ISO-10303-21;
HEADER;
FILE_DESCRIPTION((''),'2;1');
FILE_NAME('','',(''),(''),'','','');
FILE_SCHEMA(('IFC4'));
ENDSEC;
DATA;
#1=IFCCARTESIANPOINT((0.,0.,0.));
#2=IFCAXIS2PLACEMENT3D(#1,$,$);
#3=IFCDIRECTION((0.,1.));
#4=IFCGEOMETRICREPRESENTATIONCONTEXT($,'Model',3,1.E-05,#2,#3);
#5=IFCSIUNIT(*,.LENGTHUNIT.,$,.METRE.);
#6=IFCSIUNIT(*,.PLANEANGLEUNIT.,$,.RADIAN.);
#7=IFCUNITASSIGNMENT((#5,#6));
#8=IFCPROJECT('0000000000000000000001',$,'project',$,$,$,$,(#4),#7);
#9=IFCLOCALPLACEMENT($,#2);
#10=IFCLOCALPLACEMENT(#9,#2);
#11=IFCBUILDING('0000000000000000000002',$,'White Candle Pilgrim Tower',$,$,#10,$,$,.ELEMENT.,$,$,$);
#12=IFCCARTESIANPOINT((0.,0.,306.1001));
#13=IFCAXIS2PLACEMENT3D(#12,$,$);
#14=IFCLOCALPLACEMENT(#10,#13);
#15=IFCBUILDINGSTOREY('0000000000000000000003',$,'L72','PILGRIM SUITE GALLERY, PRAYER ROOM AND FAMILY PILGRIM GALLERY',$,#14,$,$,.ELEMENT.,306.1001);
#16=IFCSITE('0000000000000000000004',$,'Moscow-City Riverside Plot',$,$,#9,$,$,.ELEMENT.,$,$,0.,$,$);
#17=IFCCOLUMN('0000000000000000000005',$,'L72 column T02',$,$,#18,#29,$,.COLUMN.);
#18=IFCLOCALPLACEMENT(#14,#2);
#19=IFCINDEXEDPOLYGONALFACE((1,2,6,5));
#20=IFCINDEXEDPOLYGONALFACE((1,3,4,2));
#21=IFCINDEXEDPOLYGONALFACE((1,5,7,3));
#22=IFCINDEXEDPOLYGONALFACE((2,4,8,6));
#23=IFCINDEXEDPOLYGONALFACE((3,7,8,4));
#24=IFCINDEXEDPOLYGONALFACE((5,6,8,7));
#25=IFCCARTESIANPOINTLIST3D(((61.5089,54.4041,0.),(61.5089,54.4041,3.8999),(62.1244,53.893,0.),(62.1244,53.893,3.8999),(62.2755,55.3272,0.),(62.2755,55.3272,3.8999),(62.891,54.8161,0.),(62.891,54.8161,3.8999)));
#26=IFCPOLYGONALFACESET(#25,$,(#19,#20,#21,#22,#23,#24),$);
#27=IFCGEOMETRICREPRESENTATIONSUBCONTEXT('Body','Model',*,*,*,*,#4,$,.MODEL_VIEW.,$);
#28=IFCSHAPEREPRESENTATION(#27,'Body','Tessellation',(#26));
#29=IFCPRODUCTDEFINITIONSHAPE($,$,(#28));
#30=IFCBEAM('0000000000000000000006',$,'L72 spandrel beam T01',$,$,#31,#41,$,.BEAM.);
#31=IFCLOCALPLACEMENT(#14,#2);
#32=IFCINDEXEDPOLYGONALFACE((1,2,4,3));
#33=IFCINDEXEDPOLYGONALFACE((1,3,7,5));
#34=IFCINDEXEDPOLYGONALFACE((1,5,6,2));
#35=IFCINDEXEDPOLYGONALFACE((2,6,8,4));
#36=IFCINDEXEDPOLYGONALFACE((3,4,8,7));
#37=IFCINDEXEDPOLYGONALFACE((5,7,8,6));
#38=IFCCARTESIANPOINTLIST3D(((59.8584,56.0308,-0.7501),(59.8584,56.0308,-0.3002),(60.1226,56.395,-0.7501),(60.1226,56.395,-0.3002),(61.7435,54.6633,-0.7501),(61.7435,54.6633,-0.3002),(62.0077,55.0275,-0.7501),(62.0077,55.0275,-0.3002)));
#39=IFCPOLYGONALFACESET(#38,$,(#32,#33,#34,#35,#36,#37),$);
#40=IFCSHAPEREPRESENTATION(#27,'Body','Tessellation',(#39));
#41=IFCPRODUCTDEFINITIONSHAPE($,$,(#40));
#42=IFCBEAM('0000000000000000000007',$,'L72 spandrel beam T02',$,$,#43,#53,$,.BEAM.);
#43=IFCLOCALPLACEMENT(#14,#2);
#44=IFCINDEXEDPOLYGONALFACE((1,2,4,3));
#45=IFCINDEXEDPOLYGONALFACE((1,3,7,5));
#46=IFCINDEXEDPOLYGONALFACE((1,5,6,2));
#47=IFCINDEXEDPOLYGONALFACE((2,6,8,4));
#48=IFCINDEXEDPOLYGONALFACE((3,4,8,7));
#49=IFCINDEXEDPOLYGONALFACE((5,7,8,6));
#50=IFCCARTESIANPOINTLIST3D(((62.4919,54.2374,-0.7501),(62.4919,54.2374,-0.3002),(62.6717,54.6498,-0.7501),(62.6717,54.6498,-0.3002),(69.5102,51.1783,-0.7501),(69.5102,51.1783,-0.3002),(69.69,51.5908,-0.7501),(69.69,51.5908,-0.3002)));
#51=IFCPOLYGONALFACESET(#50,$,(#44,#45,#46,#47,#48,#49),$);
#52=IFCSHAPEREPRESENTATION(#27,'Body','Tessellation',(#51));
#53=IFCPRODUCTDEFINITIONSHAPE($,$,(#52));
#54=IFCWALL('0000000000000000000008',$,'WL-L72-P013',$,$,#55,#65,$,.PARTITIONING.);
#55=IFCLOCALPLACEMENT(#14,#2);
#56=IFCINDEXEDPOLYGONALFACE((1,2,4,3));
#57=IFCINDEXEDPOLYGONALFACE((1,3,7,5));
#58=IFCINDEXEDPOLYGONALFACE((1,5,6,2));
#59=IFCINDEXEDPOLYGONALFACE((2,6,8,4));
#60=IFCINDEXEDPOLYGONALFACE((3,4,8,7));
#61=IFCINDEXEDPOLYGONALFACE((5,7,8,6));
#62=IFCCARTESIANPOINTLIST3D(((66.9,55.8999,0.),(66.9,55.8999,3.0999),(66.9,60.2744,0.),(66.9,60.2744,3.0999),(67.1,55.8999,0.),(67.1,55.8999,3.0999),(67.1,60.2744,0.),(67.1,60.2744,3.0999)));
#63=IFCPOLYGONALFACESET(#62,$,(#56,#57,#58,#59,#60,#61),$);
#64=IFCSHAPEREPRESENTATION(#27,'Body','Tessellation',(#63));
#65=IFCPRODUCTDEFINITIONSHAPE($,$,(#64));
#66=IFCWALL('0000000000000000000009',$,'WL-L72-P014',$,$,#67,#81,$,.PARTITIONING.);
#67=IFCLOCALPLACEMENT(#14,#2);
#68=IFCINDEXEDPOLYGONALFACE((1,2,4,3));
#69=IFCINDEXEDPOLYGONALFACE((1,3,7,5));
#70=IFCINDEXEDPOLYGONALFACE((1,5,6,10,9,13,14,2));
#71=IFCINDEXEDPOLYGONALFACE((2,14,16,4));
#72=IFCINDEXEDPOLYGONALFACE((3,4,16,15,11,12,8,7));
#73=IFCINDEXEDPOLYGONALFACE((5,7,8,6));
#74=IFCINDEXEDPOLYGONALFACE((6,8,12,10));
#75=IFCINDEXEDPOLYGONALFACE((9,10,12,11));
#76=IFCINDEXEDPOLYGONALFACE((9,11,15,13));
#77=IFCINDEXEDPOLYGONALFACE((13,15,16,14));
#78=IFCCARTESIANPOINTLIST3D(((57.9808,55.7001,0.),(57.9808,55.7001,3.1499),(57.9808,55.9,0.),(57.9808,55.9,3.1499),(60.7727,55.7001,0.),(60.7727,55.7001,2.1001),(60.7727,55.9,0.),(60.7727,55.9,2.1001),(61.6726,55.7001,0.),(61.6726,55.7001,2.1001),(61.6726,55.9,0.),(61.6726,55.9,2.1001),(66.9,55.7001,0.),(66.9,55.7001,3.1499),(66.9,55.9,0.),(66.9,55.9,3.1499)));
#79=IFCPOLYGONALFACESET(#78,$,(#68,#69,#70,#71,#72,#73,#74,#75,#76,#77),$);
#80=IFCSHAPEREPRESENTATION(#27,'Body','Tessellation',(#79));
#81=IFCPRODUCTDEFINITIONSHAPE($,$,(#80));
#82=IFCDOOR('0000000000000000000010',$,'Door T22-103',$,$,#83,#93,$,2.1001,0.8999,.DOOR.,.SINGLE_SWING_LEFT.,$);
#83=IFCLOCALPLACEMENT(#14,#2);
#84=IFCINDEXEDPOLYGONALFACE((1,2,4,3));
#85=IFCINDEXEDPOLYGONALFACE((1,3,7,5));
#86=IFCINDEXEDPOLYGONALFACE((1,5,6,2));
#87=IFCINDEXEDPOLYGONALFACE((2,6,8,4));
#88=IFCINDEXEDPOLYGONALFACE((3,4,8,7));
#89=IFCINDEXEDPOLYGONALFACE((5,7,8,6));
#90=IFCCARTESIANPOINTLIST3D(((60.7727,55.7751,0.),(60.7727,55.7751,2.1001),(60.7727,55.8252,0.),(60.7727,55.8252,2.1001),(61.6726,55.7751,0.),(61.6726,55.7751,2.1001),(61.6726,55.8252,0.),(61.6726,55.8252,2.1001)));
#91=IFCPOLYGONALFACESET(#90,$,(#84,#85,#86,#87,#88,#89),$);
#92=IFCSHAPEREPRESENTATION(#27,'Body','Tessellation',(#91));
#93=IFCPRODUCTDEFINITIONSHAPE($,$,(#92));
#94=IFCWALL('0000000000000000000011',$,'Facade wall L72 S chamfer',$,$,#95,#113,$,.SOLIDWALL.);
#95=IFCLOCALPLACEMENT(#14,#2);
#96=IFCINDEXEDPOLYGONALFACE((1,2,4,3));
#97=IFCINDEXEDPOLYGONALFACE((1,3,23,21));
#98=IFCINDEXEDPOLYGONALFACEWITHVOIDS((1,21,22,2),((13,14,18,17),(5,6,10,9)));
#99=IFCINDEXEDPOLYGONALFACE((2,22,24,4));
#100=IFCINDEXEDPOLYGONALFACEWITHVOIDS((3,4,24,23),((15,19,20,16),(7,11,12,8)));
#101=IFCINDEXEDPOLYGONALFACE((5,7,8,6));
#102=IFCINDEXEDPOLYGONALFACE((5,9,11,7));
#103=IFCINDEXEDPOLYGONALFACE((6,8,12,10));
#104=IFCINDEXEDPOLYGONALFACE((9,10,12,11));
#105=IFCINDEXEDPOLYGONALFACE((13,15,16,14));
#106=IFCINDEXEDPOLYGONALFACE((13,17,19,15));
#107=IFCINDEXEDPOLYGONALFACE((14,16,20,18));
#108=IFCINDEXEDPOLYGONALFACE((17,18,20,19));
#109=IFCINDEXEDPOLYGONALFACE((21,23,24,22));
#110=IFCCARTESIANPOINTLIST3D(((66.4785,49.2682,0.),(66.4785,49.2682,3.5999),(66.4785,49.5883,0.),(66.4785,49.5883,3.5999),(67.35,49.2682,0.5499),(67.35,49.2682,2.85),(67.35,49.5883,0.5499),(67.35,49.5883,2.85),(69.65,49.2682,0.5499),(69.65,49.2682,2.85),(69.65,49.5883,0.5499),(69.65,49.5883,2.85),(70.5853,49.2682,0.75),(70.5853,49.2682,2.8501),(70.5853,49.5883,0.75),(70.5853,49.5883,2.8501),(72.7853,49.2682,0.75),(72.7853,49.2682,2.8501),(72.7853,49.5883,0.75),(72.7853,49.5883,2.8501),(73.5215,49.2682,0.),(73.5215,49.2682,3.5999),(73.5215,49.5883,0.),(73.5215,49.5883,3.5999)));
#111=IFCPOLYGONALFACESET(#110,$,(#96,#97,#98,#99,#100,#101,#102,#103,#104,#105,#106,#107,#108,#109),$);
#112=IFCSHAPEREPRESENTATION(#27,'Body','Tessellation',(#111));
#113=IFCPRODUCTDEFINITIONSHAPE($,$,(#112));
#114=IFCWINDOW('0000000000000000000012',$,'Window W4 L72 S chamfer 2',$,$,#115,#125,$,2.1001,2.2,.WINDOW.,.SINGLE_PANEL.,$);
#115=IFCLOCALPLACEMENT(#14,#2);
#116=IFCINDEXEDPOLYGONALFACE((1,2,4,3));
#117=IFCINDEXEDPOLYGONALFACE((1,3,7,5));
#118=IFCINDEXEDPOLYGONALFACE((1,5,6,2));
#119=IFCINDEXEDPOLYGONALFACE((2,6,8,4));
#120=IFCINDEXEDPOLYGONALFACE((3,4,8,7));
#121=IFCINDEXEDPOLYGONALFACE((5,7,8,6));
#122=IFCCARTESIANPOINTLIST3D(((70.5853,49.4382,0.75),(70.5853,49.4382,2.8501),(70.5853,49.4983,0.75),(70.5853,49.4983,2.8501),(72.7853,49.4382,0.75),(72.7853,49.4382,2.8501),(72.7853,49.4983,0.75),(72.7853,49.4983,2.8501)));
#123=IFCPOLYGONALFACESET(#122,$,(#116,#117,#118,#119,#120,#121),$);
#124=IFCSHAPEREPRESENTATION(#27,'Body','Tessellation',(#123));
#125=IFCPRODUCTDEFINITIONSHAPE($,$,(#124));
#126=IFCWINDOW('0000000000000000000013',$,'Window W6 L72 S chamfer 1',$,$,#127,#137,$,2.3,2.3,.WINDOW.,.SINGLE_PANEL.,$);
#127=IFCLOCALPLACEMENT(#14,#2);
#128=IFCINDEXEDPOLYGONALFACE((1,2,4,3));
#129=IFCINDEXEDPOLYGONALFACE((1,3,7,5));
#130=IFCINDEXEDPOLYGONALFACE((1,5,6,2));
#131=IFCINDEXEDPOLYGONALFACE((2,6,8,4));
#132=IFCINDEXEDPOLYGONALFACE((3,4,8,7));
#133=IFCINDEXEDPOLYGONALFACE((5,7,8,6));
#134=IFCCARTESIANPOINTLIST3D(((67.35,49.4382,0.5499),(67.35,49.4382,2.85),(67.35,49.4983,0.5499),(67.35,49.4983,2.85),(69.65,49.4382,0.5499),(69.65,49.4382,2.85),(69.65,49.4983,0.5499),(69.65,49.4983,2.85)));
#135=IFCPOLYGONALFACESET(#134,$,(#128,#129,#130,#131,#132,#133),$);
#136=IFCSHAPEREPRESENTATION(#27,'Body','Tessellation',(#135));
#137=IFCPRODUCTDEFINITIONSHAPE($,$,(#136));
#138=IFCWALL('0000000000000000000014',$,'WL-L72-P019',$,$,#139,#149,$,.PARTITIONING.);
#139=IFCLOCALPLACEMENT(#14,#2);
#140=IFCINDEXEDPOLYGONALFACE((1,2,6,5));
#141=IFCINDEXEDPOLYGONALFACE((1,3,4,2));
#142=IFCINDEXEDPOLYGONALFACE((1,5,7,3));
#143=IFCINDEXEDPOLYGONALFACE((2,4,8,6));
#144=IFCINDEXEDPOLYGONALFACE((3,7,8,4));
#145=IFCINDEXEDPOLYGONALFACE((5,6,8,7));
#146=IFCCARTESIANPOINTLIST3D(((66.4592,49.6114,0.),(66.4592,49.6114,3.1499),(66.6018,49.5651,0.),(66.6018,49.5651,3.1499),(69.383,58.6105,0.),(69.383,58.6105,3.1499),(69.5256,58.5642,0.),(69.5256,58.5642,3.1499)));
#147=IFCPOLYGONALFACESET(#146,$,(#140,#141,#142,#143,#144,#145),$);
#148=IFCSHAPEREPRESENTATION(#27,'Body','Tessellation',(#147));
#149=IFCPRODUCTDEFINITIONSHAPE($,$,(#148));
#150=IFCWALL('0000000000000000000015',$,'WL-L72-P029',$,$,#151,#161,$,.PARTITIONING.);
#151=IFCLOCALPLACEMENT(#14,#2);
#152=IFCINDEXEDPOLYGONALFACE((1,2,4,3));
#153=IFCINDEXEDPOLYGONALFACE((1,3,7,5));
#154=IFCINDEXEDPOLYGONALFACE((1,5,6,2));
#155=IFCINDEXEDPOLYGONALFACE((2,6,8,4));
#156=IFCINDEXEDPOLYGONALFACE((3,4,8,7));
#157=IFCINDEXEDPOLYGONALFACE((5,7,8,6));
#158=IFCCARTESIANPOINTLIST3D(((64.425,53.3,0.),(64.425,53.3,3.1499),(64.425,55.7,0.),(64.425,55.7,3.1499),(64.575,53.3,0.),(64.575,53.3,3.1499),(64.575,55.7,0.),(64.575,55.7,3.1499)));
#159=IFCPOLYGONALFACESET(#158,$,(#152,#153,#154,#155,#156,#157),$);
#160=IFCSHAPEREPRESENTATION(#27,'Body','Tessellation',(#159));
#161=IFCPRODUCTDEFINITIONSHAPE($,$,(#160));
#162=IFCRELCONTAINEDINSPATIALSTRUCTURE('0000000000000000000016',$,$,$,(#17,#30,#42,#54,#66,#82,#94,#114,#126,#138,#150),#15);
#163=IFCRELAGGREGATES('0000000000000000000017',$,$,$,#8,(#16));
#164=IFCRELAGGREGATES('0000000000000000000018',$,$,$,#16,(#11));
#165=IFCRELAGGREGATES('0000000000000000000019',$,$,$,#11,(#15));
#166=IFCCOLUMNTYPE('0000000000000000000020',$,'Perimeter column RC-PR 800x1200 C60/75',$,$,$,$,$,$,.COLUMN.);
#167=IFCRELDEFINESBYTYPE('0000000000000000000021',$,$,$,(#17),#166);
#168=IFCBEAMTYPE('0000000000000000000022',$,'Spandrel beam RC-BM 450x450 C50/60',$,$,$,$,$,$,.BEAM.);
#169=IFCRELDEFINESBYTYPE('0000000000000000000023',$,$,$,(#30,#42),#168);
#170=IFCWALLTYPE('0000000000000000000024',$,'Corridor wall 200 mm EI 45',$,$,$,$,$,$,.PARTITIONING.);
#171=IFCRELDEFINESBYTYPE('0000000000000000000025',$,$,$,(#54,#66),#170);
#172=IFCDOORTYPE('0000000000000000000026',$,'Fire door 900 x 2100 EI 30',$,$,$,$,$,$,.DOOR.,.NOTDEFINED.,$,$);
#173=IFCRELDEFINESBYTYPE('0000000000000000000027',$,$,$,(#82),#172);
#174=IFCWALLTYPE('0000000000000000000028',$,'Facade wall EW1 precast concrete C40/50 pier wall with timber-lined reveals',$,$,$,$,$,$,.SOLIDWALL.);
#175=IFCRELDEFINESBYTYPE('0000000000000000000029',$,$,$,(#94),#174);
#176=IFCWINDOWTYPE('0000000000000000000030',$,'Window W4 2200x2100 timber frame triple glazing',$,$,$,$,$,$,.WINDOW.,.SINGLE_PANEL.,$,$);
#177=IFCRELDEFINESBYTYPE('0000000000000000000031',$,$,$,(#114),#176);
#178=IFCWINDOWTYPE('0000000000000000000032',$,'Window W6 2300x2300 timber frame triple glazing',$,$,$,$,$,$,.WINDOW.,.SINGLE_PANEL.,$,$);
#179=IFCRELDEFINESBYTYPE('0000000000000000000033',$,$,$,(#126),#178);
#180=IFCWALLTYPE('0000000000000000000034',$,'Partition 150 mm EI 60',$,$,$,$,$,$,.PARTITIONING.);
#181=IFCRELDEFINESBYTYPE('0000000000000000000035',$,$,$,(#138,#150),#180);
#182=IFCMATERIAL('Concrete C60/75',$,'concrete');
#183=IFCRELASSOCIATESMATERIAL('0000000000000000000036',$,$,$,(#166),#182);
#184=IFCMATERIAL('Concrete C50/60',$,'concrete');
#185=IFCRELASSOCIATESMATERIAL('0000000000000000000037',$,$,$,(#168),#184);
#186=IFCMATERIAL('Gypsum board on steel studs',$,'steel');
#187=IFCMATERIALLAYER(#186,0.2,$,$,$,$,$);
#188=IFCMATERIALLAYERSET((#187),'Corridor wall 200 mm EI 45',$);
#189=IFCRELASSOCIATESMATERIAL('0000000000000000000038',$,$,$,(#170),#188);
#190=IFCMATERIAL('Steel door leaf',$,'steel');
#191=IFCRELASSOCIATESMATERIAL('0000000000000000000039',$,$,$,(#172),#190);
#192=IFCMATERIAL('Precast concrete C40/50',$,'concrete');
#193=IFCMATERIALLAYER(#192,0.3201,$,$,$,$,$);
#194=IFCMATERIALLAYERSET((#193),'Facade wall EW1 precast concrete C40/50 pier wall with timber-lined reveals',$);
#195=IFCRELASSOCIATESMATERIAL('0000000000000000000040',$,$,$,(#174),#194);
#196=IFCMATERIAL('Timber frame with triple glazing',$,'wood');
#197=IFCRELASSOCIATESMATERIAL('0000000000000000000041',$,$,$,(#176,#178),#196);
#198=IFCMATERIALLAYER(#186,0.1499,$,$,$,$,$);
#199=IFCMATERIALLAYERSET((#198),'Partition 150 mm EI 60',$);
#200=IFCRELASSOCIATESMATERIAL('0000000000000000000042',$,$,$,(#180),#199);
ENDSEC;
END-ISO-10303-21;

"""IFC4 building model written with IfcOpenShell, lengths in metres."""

from ifc_helpers import new_model, si_unit, direction, frame, frame_2d, origin, origin_2d, place, context, subcontext, project, spatial, rectangle, extrude, material, layer, layer_set, material_profile, profile_set, type_object, element, fill, save


model = new_model("IFC4")

# Units and contexts
model_context = context("Model", 3, precision=1e-05, world=origin(), true_north=direction((0.0, 1.0)))
body_context = subcontext(model_context, "Body", "Model", "MODEL_VIEW")
ifc_project = project(units=[si_unit("LENGTHUNIT", "METRE"), si_unit("PLANEANGLEUNIT", "RADIAN")], contexts=[model_context])

# Site, building, storey
site_placement = place(None, origin())
site = spatial("IfcSite", under=ifc_project, at=site_placement, Name="Moscow-City Riverside Plot", CompositionType="ELEMENT", RefElevation=0.0)
building_placement = place(site_placement, origin())
building = spatial("IfcBuilding", under=site, at=building_placement, Name="White Candle Pilgrim Tower", CompositionType="ELEMENT")
storey_placement = place(building_placement, frame((0.0, 0.0, 306.1001)))
storey = spatial("IfcBuildingStorey", under=building, at=storey_placement, Name="L72", Description="PILGRIM SUITE GALLERY, PRAYER ROOM AND FAMILY PILGRIM GALLERY", CompositionType="ELEMENT", Elevation=306.1001)

# Column
ifc_material_1 = material(Name="Concrete C60/75", Category="concrete")
ifc_material_profile_1 = material_profile(ifc_material_1, rectangle(XDim=0.8, YDim=1.2, at=origin_2d()), Name="RC-PR 800x1200")
ifc_profile_set_1 = profile_set([ifc_material_profile_1], Name="Concrete C60/75")
column_type = type_object("IfcColumnType", Name="Perimeter column RC-PR 800x1200 C60/75", PredefinedType="COLUMN", material=ifc_profile_set_1)
column_placement = place(storey_placement, frame((62.2, 54.6101, 0.0), z_axis=(0.0, 0.0, 1.0), x_axis=(-0.76931, 0.638875, 0.0)))
element("IfcColumn", 1, at=column_placement, inside=storey, type_object=column_type, Name="L72 column T02", PredefinedType="COLUMN", context=body_context, shape_type="SweptSolid", body=[
    extrude(rectangle(XDim=0.8, YDim=1.2, at=origin_2d()), origin(), (0.0, 0.0, 1.0), 3.8999),
])

# Beams
ifc_material_2 = material(Name="Concrete C50/60", Category="concrete")
ifc_material_profile_2 = material_profile(ifc_material_2, rectangle(XDim=0.45, YDim=0.45, at=origin_2d()), Name="RC-BM 450x450")
ifc_profile_set_2 = profile_set([ifc_material_profile_2], Name="Concrete C50/60")
beam_type = type_object("IfcBeamType", Name="Spandrel beam RC-BM 450x450 C50/60", PredefinedType="BEAM", material=ifc_profile_set_2)
beam_1_placement = place(storey_placement, frame((59.9905, 56.2129, -0.5251), z_axis=(0.809447, -0.587193, 0.0), x_axis=(0.587193, 0.809447, 0.0)))
element("IfcBeam", 2, at=beam_1_placement, inside=storey, type_object=beam_type, Name="L72 spandrel beam T01", PredefinedType="BEAM", context=body_context, shape_type="SweptSolid", body=[
    extrude(rectangle(XDim=0.45, YDim=0.45, at=origin_2d()), origin(), (0.0, 0.0, 1.0), 2.3289),
])
beam_2_placement = place(storey_placement, frame((62.5818, 54.4436, -0.5251), z_axis=(0.916705, -0.399565, 0.0), x_axis=(0.399565, 0.916705, 0.0)))
element("IfcBeam", 3, at=beam_2_placement, inside=storey, type_object=beam_type, Name="L72 spandrel beam T02", PredefinedType="BEAM", context=body_context, shape_type="SweptSolid", body=[
    extrude(rectangle(XDim=0.45, YDim=0.45, at=origin_2d()), origin(), (0.0, 0.0, 1.0), 7.656),
])

# Wall
ifc_material_3 = material(Name="Gypsum board on steel studs", Category="steel")
ifc_layer_1 = layer(ifc_material_3, 0.2)
ifc_layer_set_1 = layer_set([ifc_layer_1], Name="Corridor wall 200 mm EI 45")
wall_type_1 = type_object("IfcWallType", Name="Corridor wall 200 mm EI 45", PredefinedType="PARTITIONING", material=ifc_layer_set_1)
wall_1_placement = place(storey_placement, frame((67.0, 60.2744, 0.0), z_axis=(0.0, 0.0, 1.0), x_axis=(0.0, -1.0, 0.0)))
element("IfcWall", 4, at=wall_1_placement, inside=storey, type_object=wall_type_1, Name="WL-L72-P013", PredefinedType="PARTITIONING", context=body_context, shape_type="SweptSolid", body=[
    extrude(rectangle(XDim=4.3745, YDim=0.2, at=frame_2d((2.1873, 0.0))), origin(), (0.0, 0.0, 1.0), 3.0999),
])

# Wall, opening, door
wall_2_placement = place(storey_placement, frame((66.8999, 55.8, 0.0), z_axis=(0.0, 0.0, 1.0), x_axis=(-1.0, 0.0, 0.0)))
wall_2 = element("IfcWall", 5, at=wall_2_placement, inside=storey, type_object=wall_type_1, Name="WL-L72-P014", PredefinedType="PARTITIONING", context=body_context, shape_type="SweptSolid", body=[
    extrude(rectangle(XDim=8.9192, YDim=0.2, at=frame_2d((4.4595, 0.0))), origin(), (0.0, 0.0, 1.0), 3.1499),
])
opening_1_placement = place(wall_2_placement, frame((5.2273, 0.0, 0.0)))
opening_1 = element("IfcOpeningElement", 6, at=opening_1_placement, cuts=wall_2, PredefinedType="OPENING", context=body_context, shape_type="SweptSolid", body=[
    extrude(rectangle(XDim=0.8999, YDim=2.1001, at=frame_2d((0.45, 1.05))), frame((0.0, 0.1099, 0.0), z_axis=(0.0, -1.0, 0.0), x_axis=(1.0, 0.0, 0.0)), (0.0, 0.0, 1.0), 0.22),
])
ifc_material_4 = material(Name="Steel door leaf", Category="steel")
door_type = type_object("IfcDoorType", Name="Fire door 900 x 2100 EI 30", OperationType="NOTDEFINED", PredefinedType="DOOR", material=ifc_material_4)
door_placement = place(opening_1_placement, origin())
door = element("IfcDoor", 7, at=door_placement, inside=storey, type_object=door_type, Name="Door T22-103", OperationType="SINGLE_SWING_LEFT", OverallHeight=2.1001, OverallWidth=0.8999, PredefinedType="DOOR", context=body_context, shape_type="SweptSolid", body=[
    extrude(rectangle(XDim=0.8999, YDim=2.1001, at=frame_2d((0.45, 1.05))), frame((0.0, 0.0249, 0.0), z_axis=(0.0, -1.0, 0.0), x_axis=(1.0, 0.0, 0.0)), (0.0, 0.0, 1.0), 0.05),
])
fill(opening_1, door)

# Wall, openings, windows
ifc_material_5 = material(Name="Precast concrete C40/50", Category="concrete")
ifc_layer_2 = layer(ifc_material_5, 0.3201)
ifc_layer_set_2 = layer_set([ifc_layer_2], Name="Facade wall EW1 precast concrete C40/50 pier wall with timber-lined reveals")
wall_type_2 = type_object("IfcWallType", Name="Facade wall EW1 precast concrete C40/50 pier wall with timber-lined reveals", PredefinedType="SOLIDWALL", material=ifc_layer_set_2)
wall_3_placement = place(storey_placement, frame((66.4785, 49.4282, 0.0), z_axis=(0.0, 0.0, 1.0), x_axis=(1.0, 0.0, 0.0)))
wall_3 = element("IfcWall", 8, at=wall_3_placement, inside=storey, type_object=wall_type_2, Name="Facade wall L72 S chamfer", PredefinedType="SOLIDWALL", context=body_context, shape_type="SweptSolid", body=[
    extrude(rectangle(XDim=7.043, YDim=0.3201, at=frame_2d((3.5215, 0.0))), origin(), (0.0, 0.0, 1.0), 3.5999),
])
opening_2_placement = place(wall_3_placement, frame((0.8716, 0.0, 0.55)))
opening_2 = element("IfcOpeningElement", 9, at=opening_2_placement, cuts=wall_3, PredefinedType="OPENING", context=body_context, shape_type="SweptSolid", body=[
    extrude(rectangle(XDim=2.3, YDim=2.3, at=frame_2d((1.1499, 1.1499))), frame((0.0, 0.1699, 0.0), z_axis=(0.0, -1.0, 0.0), x_axis=(1.0, 0.0, 0.0)), (0.0, 0.0, 1.0), 0.3401),
])
opening_3_placement = place(wall_3_placement, frame((4.1067, 0.0, 0.75)))
opening_3 = element("IfcOpeningElement", 10, at=opening_3_placement, cuts=wall_3, PredefinedType="OPENING", context=body_context, shape_type="SweptSolid", body=[
    extrude(rectangle(XDim=2.2, YDim=2.1001, at=frame_2d((1.1001, 1.05))), frame((0.0, 0.1699, 0.0), z_axis=(0.0, -1.0, 0.0), x_axis=(1.0, 0.0, 0.0)), (0.0, 0.0, 1.0), 0.3401),
])
ifc_material_6 = material(Name="Timber frame with triple glazing", Category="wood")
window_type_1 = type_object("IfcWindowType", Name="Window W4 2200x2100 timber frame triple glazing", PartitioningType="SINGLE_PANEL", PredefinedType="WINDOW", material=ifc_material_6)
window_1_placement = place(opening_3_placement, origin())
window_1 = element("IfcWindow", 11, at=window_1_placement, inside=storey, type_object=window_type_1, Name="Window W4 L72 S chamfer 2", OverallHeight=2.1001, OverallWidth=2.2, PartitioningType="SINGLE_PANEL", PredefinedType="WINDOW", context=body_context, shape_type="SweptSolid", body=[
    extrude(rectangle(XDim=2.2, YDim=2.1001, at=frame_2d((1.1001, 1.05))), frame((0.0, 0.0701, 0.0), z_axis=(0.0, -1.0, 0.0), x_axis=(1.0, 0.0, 0.0)), (0.0, 0.0, 1.0), 0.0601),
])
fill(opening_3, window_1)
window_type_2 = type_object("IfcWindowType", Name="Window W6 2300x2300 timber frame triple glazing", PartitioningType="SINGLE_PANEL", PredefinedType="WINDOW", material=ifc_material_6)
window_2_placement = place(opening_2_placement, origin())
window_2 = element("IfcWindow", 12, at=window_2_placement, inside=storey, type_object=window_type_2, Name="Window W6 L72 S chamfer 1", OverallHeight=2.3, OverallWidth=2.3, PartitioningType="SINGLE_PANEL", PredefinedType="WINDOW", context=body_context, shape_type="SweptSolid", body=[
    extrude(rectangle(XDim=2.3, YDim=2.3, at=frame_2d((1.1499, 1.1499))), frame((0.0, 0.0701, 0.0), z_axis=(0.0, -1.0, 0.0), x_axis=(1.0, 0.0, 0.0)), (0.0, 0.0, 1.0), 0.0601),
])
fill(opening_2, window_2)

# Walls
ifc_layer_3 = layer(ifc_material_3, 0.1499)
ifc_layer_set_3 = layer_set([ifc_layer_3], Name="Partition 150 mm EI 60")
wall_type_3 = type_object("IfcWallType", Name="Partition 150 mm EI 60", PredefinedType="PARTITIONING", material=ifc_layer_set_3)
wall_4_placement = place(storey_placement, frame((66.5305, 49.5884, 0.0), z_axis=(0.0, 0.0, 1.0), x_axis=(0.309004, 0.951061, 0.0)))
element("IfcWall", 13, at=wall_4_placement, inside=storey, type_object=wall_type_3, Name="WL-L72-P019", PredefinedType="PARTITIONING", context=body_context, shape_type="SweptSolid", body=[
    extrude(rectangle(XDim=9.4622, YDim=0.1499, at=frame_2d((4.731, 0.0))), origin(), (0.0, 0.0, 1.0), 3.1499),
])
wall_5_placement = place(storey_placement, frame((64.5, 55.7, 0.0), z_axis=(0.0, 0.0, 1.0), x_axis=(0.0, -1.0, 0.0)))
element("IfcWall", 14, at=wall_5_placement, inside=storey, type_object=wall_type_3, Name="WL-L72-P029", PredefinedType="PARTITIONING", context=body_context, shape_type="SweptSolid", body=[
    extrude(rectangle(XDim=2.3999, YDim=0.1499, at=frame_2d((1.2, 0.0))), origin(), (0.0, 0.0, 1.0), 3.1499),
])

save(model, "model.ifc")
